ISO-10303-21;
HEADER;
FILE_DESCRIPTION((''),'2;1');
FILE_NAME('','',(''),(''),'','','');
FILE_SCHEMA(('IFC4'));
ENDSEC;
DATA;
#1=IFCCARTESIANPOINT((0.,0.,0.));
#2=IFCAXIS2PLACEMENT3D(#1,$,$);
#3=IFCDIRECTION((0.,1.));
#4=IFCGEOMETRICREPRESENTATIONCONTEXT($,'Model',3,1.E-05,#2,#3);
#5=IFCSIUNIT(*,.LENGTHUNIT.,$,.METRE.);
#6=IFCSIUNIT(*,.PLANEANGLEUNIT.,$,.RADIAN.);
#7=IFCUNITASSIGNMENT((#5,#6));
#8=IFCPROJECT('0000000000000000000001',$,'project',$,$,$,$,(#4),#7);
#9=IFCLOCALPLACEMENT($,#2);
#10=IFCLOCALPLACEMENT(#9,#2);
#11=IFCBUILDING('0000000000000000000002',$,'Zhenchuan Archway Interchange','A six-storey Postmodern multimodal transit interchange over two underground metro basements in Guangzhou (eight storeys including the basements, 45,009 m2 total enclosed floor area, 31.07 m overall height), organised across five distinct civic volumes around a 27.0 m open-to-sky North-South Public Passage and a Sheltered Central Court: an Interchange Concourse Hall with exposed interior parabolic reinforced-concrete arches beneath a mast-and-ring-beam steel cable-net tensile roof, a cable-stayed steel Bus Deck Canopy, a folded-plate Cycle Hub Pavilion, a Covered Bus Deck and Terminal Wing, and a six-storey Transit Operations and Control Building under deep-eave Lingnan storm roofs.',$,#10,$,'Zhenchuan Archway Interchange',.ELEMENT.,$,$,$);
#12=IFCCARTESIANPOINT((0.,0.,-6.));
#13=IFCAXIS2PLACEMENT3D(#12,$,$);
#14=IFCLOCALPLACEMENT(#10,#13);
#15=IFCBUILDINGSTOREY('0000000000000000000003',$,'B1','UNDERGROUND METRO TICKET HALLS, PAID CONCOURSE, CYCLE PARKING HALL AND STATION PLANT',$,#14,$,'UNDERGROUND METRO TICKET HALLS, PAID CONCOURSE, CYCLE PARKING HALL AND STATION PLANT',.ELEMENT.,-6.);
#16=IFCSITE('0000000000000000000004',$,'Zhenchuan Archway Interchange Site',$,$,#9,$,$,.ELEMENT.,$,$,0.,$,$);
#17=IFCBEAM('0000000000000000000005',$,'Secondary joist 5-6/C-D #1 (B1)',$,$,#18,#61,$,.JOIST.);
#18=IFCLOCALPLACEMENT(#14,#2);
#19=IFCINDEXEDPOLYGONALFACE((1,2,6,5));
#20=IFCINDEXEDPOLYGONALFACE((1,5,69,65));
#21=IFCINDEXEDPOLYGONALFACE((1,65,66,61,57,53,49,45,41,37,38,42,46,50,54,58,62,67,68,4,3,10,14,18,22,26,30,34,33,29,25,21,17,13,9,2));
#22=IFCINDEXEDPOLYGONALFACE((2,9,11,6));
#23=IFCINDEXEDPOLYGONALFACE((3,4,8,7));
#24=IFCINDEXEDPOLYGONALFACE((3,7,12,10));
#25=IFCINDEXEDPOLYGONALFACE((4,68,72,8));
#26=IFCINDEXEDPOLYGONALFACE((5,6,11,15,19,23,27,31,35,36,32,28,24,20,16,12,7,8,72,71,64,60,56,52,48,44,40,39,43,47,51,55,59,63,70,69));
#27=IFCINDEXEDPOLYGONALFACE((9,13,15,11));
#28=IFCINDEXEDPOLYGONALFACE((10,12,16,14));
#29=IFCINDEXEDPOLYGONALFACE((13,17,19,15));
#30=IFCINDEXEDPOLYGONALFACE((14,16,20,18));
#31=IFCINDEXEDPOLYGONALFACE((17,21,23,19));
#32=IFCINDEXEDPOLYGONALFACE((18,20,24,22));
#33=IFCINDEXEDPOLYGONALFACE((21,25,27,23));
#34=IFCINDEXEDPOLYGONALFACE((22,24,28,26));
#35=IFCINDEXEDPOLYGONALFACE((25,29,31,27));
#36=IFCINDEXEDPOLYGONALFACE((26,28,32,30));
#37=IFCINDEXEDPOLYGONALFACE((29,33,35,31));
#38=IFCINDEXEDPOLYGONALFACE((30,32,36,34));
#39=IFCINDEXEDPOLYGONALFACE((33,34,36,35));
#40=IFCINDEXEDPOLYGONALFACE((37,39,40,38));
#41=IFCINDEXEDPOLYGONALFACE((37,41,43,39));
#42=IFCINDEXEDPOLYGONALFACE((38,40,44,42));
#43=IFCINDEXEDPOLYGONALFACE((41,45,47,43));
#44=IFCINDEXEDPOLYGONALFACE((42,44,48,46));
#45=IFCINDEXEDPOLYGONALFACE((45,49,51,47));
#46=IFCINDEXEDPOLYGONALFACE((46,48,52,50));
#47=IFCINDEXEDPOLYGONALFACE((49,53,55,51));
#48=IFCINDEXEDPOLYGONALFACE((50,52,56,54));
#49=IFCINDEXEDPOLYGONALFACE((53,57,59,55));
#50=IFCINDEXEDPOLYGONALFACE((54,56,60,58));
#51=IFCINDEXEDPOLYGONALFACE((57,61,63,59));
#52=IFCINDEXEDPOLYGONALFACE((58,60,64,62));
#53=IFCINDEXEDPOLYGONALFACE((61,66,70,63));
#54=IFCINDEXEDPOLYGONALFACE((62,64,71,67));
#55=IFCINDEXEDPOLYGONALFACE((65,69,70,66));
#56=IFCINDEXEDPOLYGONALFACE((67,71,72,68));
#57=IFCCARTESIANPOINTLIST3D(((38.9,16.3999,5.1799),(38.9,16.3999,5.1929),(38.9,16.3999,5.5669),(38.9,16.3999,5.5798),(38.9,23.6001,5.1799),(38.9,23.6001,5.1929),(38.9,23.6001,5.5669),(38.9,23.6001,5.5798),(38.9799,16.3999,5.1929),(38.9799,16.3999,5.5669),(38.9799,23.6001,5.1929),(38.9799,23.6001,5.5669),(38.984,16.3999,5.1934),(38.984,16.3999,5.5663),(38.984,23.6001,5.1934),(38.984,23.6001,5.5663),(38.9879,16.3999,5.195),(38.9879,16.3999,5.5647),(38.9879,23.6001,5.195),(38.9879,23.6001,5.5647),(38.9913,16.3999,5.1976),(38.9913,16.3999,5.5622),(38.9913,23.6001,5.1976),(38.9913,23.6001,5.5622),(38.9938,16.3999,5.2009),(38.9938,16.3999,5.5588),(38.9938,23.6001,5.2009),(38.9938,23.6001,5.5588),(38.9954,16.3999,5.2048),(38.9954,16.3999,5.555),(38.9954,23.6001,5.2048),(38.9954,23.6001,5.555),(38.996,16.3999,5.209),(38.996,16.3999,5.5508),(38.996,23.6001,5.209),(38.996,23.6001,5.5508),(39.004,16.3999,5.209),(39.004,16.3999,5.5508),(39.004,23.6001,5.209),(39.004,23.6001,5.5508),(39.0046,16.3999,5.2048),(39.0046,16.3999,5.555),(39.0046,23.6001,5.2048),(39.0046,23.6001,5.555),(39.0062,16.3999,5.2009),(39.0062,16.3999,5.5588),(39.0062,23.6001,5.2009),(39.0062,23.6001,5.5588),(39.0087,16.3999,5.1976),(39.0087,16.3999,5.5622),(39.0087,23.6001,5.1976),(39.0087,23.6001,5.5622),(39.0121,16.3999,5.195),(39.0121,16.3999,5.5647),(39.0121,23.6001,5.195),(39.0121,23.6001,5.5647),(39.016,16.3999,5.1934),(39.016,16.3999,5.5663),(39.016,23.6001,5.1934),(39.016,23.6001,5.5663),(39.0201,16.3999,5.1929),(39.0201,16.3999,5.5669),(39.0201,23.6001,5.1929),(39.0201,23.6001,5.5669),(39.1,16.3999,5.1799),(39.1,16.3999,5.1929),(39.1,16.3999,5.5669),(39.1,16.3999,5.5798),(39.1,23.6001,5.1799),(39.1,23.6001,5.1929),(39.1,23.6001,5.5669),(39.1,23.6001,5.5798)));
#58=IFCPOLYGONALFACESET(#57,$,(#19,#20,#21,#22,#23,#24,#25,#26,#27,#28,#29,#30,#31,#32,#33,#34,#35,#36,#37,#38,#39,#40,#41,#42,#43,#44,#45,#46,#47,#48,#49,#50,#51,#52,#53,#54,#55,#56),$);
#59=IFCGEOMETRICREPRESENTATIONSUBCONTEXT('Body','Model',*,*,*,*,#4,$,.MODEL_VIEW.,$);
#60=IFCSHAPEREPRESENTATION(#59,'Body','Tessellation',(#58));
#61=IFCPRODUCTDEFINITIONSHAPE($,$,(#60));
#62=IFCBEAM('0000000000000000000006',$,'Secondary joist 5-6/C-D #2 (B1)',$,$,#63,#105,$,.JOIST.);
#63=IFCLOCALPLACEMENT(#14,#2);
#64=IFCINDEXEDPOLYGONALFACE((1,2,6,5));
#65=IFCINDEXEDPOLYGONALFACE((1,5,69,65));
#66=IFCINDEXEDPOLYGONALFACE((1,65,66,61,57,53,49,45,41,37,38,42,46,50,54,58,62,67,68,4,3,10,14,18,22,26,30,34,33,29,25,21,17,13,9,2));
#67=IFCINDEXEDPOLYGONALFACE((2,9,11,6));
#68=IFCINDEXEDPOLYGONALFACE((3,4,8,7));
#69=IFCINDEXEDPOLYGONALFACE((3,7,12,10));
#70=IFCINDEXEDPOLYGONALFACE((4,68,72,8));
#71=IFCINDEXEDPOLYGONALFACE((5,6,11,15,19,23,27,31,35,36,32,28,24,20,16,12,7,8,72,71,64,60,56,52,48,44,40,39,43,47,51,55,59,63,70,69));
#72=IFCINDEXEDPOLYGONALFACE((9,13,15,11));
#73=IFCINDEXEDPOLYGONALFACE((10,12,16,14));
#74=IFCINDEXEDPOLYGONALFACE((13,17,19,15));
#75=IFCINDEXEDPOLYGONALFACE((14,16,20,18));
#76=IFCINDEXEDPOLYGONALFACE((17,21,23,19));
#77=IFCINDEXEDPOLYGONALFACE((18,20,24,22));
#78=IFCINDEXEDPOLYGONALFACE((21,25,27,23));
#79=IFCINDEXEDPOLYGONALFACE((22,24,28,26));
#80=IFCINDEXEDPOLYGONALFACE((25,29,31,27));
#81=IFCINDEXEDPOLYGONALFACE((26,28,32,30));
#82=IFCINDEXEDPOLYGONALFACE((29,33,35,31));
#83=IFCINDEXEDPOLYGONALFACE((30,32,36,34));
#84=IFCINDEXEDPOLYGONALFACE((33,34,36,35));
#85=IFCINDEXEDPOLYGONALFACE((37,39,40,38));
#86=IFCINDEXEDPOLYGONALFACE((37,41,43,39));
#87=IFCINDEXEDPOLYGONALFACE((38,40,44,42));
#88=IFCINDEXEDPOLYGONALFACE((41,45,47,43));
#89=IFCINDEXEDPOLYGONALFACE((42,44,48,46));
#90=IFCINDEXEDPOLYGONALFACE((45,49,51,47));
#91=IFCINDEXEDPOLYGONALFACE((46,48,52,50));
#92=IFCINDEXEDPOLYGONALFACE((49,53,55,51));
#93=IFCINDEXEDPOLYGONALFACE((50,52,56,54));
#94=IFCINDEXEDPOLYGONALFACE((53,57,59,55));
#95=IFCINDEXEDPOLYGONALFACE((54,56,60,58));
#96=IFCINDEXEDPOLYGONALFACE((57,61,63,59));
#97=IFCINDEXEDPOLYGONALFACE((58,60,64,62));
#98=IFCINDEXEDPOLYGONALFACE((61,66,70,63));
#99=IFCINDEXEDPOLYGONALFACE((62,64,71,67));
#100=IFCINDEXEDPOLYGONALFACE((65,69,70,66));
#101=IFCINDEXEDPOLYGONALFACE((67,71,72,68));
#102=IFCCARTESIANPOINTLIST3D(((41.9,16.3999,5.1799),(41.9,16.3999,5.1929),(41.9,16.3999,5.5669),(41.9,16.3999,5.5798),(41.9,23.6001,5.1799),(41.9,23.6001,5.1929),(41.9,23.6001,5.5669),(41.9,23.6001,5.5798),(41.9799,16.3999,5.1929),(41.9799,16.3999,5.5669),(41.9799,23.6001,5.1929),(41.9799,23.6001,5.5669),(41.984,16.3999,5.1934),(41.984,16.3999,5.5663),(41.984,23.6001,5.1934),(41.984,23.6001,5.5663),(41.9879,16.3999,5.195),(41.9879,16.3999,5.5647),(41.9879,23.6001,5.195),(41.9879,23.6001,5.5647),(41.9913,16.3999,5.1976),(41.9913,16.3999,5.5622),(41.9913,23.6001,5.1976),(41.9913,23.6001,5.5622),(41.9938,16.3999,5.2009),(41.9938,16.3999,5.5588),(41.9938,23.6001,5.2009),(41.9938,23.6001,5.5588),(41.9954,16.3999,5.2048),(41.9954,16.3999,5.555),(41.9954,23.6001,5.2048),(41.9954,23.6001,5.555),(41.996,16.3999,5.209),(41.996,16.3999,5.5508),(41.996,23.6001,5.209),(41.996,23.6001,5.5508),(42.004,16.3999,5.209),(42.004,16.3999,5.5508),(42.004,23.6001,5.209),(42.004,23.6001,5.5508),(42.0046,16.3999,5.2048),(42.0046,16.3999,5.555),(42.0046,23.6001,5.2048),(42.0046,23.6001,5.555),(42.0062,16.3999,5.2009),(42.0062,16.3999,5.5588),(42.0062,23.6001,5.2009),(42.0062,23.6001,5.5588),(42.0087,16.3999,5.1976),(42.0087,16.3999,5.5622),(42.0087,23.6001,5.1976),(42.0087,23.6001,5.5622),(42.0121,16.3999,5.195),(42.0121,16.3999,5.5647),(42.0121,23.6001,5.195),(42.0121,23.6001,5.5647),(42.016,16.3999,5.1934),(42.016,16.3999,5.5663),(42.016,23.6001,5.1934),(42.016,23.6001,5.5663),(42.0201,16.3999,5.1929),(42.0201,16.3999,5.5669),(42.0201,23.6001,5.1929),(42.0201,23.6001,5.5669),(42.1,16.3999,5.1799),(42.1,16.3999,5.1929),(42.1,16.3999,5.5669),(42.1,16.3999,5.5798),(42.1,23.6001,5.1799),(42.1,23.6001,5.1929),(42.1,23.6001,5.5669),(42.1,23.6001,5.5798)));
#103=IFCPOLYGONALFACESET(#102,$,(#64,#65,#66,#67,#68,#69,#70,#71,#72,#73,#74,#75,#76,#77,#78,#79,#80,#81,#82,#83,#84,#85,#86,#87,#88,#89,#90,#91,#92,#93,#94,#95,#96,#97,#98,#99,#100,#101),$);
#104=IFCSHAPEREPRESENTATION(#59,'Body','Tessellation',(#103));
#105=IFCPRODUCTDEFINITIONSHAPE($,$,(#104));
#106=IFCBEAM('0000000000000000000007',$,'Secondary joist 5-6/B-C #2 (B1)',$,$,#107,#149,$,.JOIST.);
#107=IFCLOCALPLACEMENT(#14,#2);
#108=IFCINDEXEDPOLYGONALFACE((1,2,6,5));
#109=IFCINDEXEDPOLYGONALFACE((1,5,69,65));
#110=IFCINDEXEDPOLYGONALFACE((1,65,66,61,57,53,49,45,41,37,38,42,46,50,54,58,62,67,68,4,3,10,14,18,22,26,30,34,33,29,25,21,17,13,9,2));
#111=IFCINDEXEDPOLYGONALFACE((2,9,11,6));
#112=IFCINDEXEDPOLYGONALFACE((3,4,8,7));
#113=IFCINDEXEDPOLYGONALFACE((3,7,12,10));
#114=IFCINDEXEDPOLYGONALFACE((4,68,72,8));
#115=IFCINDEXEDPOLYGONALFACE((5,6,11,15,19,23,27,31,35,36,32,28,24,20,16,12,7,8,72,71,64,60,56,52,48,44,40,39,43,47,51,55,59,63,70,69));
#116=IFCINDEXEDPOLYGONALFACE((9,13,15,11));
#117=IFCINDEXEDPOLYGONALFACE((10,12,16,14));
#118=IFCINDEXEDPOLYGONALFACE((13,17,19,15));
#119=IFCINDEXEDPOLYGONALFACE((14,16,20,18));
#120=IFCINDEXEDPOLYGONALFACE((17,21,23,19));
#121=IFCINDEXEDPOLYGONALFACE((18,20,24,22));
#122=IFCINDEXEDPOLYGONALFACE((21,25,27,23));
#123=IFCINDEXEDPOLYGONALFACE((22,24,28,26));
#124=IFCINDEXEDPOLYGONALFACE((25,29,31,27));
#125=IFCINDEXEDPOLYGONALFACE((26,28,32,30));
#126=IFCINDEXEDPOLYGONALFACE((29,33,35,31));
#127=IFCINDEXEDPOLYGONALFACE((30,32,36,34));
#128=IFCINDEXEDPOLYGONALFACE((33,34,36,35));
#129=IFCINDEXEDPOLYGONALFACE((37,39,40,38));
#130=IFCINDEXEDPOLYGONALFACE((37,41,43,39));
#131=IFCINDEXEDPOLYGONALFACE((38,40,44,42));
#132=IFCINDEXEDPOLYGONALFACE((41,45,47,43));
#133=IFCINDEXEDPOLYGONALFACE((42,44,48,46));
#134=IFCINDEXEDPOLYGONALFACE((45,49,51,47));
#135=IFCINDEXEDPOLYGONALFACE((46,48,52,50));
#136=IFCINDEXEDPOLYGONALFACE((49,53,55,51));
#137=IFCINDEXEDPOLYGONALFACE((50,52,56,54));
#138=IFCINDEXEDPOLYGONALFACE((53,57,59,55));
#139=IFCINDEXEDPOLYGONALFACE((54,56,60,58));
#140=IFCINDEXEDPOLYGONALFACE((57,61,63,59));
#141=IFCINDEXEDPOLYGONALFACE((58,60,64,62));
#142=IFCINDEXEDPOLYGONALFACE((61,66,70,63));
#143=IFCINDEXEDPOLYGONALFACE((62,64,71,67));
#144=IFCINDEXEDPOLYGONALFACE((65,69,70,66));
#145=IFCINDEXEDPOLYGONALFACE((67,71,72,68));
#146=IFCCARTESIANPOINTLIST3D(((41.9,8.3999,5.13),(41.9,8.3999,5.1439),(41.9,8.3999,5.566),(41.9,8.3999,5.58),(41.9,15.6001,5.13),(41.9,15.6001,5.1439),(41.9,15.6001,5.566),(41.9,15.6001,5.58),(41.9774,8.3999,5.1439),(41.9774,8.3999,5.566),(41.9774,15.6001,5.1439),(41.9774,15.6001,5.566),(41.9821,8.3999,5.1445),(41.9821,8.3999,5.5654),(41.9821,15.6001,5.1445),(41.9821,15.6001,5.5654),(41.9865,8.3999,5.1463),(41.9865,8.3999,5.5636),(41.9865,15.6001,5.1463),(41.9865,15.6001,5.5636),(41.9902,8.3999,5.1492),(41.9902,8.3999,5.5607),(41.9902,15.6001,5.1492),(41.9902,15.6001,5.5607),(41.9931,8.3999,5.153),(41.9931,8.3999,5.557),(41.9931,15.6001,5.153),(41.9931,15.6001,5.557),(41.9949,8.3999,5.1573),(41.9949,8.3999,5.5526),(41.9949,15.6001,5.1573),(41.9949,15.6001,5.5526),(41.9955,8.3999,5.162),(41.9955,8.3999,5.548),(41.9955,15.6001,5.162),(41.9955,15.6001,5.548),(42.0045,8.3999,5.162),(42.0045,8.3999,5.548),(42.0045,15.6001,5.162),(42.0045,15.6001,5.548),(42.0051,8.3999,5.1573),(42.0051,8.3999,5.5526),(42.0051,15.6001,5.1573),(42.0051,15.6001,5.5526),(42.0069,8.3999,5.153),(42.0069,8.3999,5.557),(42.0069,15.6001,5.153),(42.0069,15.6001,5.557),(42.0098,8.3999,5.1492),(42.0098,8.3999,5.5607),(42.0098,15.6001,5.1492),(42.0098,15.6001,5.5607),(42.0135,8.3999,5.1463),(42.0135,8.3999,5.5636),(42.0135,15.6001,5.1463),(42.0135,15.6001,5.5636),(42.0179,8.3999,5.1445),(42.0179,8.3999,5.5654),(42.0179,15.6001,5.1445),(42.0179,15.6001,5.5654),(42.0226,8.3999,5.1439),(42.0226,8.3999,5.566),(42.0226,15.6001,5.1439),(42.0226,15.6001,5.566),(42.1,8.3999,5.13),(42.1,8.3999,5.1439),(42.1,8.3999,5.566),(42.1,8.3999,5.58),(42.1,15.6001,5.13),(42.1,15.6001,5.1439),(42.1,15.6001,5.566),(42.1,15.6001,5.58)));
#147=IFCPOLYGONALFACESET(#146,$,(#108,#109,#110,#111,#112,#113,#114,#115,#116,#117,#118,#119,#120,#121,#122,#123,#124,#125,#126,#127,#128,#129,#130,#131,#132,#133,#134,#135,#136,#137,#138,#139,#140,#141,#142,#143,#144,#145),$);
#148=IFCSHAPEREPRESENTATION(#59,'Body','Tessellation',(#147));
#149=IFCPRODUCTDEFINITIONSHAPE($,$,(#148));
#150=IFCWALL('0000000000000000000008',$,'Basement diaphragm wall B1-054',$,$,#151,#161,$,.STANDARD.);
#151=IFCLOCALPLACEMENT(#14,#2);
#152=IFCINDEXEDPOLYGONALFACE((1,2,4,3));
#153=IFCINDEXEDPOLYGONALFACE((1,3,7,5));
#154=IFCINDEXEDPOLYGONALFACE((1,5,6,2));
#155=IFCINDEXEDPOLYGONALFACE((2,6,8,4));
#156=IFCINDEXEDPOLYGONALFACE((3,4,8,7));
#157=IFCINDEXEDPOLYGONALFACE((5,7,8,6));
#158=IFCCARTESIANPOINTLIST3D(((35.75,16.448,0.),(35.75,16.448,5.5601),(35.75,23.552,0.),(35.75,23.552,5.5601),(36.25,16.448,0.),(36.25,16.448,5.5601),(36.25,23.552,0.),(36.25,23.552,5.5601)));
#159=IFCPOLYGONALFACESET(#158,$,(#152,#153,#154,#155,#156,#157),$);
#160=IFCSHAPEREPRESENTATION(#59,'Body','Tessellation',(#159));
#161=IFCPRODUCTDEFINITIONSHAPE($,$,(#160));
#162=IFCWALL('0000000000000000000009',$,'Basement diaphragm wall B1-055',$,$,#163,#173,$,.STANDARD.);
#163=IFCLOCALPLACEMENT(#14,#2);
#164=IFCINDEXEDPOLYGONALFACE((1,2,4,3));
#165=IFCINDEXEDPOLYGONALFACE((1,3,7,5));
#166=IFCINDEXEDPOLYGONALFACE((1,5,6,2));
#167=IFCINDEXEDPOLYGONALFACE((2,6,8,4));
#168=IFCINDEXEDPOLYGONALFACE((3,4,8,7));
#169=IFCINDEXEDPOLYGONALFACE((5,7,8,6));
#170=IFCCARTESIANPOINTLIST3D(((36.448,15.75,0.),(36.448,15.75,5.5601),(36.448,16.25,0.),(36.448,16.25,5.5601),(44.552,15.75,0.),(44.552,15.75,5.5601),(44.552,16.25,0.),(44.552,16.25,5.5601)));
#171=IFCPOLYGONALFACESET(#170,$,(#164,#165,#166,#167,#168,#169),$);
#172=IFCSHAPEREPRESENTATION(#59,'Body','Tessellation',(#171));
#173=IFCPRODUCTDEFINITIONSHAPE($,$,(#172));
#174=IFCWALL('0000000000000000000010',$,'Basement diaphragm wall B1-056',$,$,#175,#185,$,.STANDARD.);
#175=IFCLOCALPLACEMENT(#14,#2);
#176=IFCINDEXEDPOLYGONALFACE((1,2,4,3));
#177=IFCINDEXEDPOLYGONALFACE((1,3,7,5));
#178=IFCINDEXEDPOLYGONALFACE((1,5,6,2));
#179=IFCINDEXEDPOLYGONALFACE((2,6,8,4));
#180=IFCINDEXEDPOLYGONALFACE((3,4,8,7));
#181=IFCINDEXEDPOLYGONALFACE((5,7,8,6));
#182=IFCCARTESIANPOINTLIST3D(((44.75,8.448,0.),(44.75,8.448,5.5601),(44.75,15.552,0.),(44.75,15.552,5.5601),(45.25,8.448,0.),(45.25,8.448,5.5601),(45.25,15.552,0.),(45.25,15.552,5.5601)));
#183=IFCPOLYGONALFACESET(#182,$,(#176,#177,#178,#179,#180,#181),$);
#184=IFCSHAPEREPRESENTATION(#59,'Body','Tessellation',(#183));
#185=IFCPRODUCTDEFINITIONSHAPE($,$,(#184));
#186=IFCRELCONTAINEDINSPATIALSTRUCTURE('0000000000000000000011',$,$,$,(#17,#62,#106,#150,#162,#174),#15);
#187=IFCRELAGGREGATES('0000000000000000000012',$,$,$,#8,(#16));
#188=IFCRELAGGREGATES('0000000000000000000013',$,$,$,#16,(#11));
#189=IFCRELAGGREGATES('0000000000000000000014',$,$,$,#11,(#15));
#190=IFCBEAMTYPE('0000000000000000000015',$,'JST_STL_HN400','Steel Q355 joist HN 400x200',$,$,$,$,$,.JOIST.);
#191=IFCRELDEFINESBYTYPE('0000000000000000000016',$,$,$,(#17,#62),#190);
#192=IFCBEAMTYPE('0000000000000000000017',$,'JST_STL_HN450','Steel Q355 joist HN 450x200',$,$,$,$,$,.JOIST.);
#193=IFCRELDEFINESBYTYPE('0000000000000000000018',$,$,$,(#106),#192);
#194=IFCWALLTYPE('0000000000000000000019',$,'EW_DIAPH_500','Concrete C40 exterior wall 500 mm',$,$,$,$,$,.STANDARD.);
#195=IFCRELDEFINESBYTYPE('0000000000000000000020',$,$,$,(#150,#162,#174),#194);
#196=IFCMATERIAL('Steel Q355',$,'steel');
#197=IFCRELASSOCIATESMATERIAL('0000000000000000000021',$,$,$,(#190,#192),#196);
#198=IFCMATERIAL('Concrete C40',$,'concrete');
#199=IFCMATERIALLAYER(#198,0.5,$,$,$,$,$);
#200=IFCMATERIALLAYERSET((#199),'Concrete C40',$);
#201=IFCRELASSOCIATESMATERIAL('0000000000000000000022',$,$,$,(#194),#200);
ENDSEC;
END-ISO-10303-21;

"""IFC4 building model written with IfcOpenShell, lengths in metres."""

from ifc_helpers import new_model, si_unit, direction, frame, frame_2d, origin, origin_2d, place, context, subcontext, project, spatial, rectangle, i_section, extrude, material, layer, layer_set, material_profile, profile_set, type_object, element, save


model = new_model("IFC4")

# Units and contexts
model_context = context("Model", 3, precision=1e-05, world=origin(), true_north=direction((0.0, 1.0)))
body_context = subcontext(model_context, "Body", "Model", "MODEL_VIEW")
ifc_project = project(units=[si_unit("LENGTHUNIT", "METRE"), si_unit("PLANEANGLEUNIT", "RADIAN")], contexts=[model_context])

# Site, building, storey
site_placement = place(None, origin())
site = spatial("IfcSite", under=ifc_project, at=site_placement, Name="Zhenchuan Archway Interchange Site", CompositionType="ELEMENT", RefElevation=0.0)
building_placement = place(site_placement, origin())
building = spatial("IfcBuilding", under=site, at=building_placement, Name="Zhenchuan Archway Interchange", Description="A six-storey Postmodern multimodal transit interchange over two underground metro basements in Guangzhou (eight storeys including the basements, 45,009 m2 total enclosed floor area, 31.07 m overall height), organised across five distinct civic volumes around a 27.0 m open-to-sky North-South Public Passage and a Sheltered Central Court: an Interchange Concourse Hall with exposed interior parabolic reinforced-concrete arches beneath a mast-and-ring-beam steel cable-net tensile roof, a cable-stayed steel Bus Deck Canopy, a folded-plate Cycle Hub Pavilion, a Covered Bus Deck and Terminal Wing, and a six-storey Transit Operations and Control Building under deep-eave Lingnan storm roofs.", LongName="Zhenchuan Archway Interchange", CompositionType="ELEMENT")
storey_placement = place(building_placement, frame((0.0, 0.0, -6.0)))
storey = spatial("IfcBuildingStorey", under=building, at=storey_placement, Name="B1", Description="UNDERGROUND METRO TICKET HALLS, PAID CONCOURSE, CYCLE PARKING HALL AND STATION PLANT", LongName="UNDERGROUND METRO TICKET HALLS, PAID CONCOURSE, CYCLE PARKING HALL AND STATION PLANT", CompositionType="ELEMENT", Elevation=-6.0)

# Shared definitions
ifc_material_1 = material(Name="Concrete C40", Category="concrete")

# Beams
ifc_material_2 = material(Name="Steel Q355", Category="steel")
ifc_material_profile_1 = material_profile(ifc_material_2, i_section(OverallWidth=0.2, OverallDepth=0.3999, WebThickness=0.0081, FlangeThickness=0.0129, FilletRadius=0.0161, at=origin_2d()), Name="HN 400x200")
ifc_profile_set_1 = profile_set([ifc_material_profile_1], Name="Steel Q355")
beam_type_1 = type_object("IfcBeamType", Name="JST_STL_HN400", Description="Steel Q355 joist HN 400x200", PredefinedType="JOIST", material=ifc_profile_set_1)
for number, where, z_axis, x_axis, name in (
    (1, (39.0, 16.3999, 5.3799), (0.0, 1.0, 0.0), (-1.0, 0.0, 0.0), "Secondary joist 5-6/C-D #1 (B1)"),
    (2, (42.0, 16.3999, 5.3799), (0.0, 1.0, 0.0), (-1.0, 0.0, 0.0), "Secondary joist 5-6/C-D #2 (B1)"),
):
    element("IfcBeam", number, at=place(storey_placement, frame(where, z_axis=z_axis, x_axis=x_axis)), inside=storey, type_object=beam_type_1, Name=name, PredefinedType="JOIST", context=body_context, shape_type="SweptSolid", body=[
        extrude(i_section(OverallWidth=0.2, OverallDepth=0.3999, WebThickness=0.0081, FlangeThickness=0.0129, FilletRadius=0.0161, at=origin_2d()), origin(), (0.0, 0.0, 1.0), 7.2002),
    ])
ifc_material_profile_2 = material_profile(ifc_material_2, i_section(OverallWidth=0.2, OverallDepth=0.45, WebThickness=0.009, FlangeThickness=0.0139, FilletRadius=0.0181, at=origin_2d()), Name="HN 450x200")
ifc_profile_set_2 = profile_set([ifc_material_profile_2], Name="Steel Q355")
beam_type_2 = type_object("IfcBeamType", Name="JST_STL_HN450", Description="Steel Q355 joist HN 450x200", PredefinedType="JOIST", material=ifc_profile_set_2)
beam_1_placement = place(storey_placement, frame((42.0, 8.3999, 5.355), z_axis=(0.0, 1.0, 0.0), x_axis=(-1.0, 0.0, 0.0)))
element("IfcBeam", 3, at=beam_1_placement, inside=storey, type_object=beam_type_2, Name="Secondary joist 5-6/B-C #2 (B1)", PredefinedType="JOIST", context=body_context, shape_type="SweptSolid", body=[
    extrude(i_section(OverallWidth=0.2, OverallDepth=0.45, WebThickness=0.009, FlangeThickness=0.0139, FilletRadius=0.0181, at=origin_2d()), origin(), (0.0, 0.0, 1.0), 7.2002),
])

# Walls
ifc_layer_1 = layer(ifc_material_1, 0.5)
ifc_layer_set_1 = layer_set([ifc_layer_1], Name="Concrete C40")
wall_type = type_object("IfcWallType", Name="EW_DIAPH_500", Description="Concrete C40 exterior wall 500 mm", PredefinedType="STANDARD", material=ifc_layer_set_1)
wall_1_placement = place(storey_placement, frame((36.0, 23.552, 0.0), z_axis=(0.0, 0.0, 1.0), x_axis=(0.0, -1.0, 0.0)))
element("IfcWall", 4, at=wall_1_placement, inside=storey, type_object=wall_type, Name="Basement diaphragm wall B1-054", PredefinedType="STANDARD", context=body_context, shape_type="SweptSolid", body=[
    extrude(rectangle(XDim=7.104, YDim=0.5, at=frame_2d((3.552, 0.0))), origin(), (0.0, 0.0, 1.0), 5.5601),
])
wall_2_placement = place(storey_placement, frame((36.448, 16.0, 0.0), z_axis=(0.0, 0.0, 1.0), x_axis=(1.0, 0.0, 0.0)))
element("IfcWall", 5, at=wall_2_placement, inside=storey, type_object=wall_type, Name="Basement diaphragm wall B1-055", PredefinedType="STANDARD", context=body_context, shape_type="SweptSolid", body=[
    extrude(rectangle(XDim=8.104, YDim=0.5, at=frame_2d((4.052, 0.0))), origin(), (0.0, 0.0, 1.0), 5.5601),
])
wall_3_placement = place(storey_placement, frame((45.0, 15.552, 0.0), z_axis=(0.0, 0.0, 1.0), x_axis=(0.0, -1.0, 0.0)))
element("IfcWall", 6, at=wall_3_placement, inside=storey, type_object=wall_type, Name="Basement diaphragm wall B1-056", PredefinedType="STANDARD", context=body_context, shape_type="SweptSolid", body=[
    extrude(rectangle(XDim=7.104, YDim=0.5, at=frame_2d((3.552, 0.0))), origin(), (0.0, 0.0, 1.0), 5.5601),
])

save(model, "model.ifc")
